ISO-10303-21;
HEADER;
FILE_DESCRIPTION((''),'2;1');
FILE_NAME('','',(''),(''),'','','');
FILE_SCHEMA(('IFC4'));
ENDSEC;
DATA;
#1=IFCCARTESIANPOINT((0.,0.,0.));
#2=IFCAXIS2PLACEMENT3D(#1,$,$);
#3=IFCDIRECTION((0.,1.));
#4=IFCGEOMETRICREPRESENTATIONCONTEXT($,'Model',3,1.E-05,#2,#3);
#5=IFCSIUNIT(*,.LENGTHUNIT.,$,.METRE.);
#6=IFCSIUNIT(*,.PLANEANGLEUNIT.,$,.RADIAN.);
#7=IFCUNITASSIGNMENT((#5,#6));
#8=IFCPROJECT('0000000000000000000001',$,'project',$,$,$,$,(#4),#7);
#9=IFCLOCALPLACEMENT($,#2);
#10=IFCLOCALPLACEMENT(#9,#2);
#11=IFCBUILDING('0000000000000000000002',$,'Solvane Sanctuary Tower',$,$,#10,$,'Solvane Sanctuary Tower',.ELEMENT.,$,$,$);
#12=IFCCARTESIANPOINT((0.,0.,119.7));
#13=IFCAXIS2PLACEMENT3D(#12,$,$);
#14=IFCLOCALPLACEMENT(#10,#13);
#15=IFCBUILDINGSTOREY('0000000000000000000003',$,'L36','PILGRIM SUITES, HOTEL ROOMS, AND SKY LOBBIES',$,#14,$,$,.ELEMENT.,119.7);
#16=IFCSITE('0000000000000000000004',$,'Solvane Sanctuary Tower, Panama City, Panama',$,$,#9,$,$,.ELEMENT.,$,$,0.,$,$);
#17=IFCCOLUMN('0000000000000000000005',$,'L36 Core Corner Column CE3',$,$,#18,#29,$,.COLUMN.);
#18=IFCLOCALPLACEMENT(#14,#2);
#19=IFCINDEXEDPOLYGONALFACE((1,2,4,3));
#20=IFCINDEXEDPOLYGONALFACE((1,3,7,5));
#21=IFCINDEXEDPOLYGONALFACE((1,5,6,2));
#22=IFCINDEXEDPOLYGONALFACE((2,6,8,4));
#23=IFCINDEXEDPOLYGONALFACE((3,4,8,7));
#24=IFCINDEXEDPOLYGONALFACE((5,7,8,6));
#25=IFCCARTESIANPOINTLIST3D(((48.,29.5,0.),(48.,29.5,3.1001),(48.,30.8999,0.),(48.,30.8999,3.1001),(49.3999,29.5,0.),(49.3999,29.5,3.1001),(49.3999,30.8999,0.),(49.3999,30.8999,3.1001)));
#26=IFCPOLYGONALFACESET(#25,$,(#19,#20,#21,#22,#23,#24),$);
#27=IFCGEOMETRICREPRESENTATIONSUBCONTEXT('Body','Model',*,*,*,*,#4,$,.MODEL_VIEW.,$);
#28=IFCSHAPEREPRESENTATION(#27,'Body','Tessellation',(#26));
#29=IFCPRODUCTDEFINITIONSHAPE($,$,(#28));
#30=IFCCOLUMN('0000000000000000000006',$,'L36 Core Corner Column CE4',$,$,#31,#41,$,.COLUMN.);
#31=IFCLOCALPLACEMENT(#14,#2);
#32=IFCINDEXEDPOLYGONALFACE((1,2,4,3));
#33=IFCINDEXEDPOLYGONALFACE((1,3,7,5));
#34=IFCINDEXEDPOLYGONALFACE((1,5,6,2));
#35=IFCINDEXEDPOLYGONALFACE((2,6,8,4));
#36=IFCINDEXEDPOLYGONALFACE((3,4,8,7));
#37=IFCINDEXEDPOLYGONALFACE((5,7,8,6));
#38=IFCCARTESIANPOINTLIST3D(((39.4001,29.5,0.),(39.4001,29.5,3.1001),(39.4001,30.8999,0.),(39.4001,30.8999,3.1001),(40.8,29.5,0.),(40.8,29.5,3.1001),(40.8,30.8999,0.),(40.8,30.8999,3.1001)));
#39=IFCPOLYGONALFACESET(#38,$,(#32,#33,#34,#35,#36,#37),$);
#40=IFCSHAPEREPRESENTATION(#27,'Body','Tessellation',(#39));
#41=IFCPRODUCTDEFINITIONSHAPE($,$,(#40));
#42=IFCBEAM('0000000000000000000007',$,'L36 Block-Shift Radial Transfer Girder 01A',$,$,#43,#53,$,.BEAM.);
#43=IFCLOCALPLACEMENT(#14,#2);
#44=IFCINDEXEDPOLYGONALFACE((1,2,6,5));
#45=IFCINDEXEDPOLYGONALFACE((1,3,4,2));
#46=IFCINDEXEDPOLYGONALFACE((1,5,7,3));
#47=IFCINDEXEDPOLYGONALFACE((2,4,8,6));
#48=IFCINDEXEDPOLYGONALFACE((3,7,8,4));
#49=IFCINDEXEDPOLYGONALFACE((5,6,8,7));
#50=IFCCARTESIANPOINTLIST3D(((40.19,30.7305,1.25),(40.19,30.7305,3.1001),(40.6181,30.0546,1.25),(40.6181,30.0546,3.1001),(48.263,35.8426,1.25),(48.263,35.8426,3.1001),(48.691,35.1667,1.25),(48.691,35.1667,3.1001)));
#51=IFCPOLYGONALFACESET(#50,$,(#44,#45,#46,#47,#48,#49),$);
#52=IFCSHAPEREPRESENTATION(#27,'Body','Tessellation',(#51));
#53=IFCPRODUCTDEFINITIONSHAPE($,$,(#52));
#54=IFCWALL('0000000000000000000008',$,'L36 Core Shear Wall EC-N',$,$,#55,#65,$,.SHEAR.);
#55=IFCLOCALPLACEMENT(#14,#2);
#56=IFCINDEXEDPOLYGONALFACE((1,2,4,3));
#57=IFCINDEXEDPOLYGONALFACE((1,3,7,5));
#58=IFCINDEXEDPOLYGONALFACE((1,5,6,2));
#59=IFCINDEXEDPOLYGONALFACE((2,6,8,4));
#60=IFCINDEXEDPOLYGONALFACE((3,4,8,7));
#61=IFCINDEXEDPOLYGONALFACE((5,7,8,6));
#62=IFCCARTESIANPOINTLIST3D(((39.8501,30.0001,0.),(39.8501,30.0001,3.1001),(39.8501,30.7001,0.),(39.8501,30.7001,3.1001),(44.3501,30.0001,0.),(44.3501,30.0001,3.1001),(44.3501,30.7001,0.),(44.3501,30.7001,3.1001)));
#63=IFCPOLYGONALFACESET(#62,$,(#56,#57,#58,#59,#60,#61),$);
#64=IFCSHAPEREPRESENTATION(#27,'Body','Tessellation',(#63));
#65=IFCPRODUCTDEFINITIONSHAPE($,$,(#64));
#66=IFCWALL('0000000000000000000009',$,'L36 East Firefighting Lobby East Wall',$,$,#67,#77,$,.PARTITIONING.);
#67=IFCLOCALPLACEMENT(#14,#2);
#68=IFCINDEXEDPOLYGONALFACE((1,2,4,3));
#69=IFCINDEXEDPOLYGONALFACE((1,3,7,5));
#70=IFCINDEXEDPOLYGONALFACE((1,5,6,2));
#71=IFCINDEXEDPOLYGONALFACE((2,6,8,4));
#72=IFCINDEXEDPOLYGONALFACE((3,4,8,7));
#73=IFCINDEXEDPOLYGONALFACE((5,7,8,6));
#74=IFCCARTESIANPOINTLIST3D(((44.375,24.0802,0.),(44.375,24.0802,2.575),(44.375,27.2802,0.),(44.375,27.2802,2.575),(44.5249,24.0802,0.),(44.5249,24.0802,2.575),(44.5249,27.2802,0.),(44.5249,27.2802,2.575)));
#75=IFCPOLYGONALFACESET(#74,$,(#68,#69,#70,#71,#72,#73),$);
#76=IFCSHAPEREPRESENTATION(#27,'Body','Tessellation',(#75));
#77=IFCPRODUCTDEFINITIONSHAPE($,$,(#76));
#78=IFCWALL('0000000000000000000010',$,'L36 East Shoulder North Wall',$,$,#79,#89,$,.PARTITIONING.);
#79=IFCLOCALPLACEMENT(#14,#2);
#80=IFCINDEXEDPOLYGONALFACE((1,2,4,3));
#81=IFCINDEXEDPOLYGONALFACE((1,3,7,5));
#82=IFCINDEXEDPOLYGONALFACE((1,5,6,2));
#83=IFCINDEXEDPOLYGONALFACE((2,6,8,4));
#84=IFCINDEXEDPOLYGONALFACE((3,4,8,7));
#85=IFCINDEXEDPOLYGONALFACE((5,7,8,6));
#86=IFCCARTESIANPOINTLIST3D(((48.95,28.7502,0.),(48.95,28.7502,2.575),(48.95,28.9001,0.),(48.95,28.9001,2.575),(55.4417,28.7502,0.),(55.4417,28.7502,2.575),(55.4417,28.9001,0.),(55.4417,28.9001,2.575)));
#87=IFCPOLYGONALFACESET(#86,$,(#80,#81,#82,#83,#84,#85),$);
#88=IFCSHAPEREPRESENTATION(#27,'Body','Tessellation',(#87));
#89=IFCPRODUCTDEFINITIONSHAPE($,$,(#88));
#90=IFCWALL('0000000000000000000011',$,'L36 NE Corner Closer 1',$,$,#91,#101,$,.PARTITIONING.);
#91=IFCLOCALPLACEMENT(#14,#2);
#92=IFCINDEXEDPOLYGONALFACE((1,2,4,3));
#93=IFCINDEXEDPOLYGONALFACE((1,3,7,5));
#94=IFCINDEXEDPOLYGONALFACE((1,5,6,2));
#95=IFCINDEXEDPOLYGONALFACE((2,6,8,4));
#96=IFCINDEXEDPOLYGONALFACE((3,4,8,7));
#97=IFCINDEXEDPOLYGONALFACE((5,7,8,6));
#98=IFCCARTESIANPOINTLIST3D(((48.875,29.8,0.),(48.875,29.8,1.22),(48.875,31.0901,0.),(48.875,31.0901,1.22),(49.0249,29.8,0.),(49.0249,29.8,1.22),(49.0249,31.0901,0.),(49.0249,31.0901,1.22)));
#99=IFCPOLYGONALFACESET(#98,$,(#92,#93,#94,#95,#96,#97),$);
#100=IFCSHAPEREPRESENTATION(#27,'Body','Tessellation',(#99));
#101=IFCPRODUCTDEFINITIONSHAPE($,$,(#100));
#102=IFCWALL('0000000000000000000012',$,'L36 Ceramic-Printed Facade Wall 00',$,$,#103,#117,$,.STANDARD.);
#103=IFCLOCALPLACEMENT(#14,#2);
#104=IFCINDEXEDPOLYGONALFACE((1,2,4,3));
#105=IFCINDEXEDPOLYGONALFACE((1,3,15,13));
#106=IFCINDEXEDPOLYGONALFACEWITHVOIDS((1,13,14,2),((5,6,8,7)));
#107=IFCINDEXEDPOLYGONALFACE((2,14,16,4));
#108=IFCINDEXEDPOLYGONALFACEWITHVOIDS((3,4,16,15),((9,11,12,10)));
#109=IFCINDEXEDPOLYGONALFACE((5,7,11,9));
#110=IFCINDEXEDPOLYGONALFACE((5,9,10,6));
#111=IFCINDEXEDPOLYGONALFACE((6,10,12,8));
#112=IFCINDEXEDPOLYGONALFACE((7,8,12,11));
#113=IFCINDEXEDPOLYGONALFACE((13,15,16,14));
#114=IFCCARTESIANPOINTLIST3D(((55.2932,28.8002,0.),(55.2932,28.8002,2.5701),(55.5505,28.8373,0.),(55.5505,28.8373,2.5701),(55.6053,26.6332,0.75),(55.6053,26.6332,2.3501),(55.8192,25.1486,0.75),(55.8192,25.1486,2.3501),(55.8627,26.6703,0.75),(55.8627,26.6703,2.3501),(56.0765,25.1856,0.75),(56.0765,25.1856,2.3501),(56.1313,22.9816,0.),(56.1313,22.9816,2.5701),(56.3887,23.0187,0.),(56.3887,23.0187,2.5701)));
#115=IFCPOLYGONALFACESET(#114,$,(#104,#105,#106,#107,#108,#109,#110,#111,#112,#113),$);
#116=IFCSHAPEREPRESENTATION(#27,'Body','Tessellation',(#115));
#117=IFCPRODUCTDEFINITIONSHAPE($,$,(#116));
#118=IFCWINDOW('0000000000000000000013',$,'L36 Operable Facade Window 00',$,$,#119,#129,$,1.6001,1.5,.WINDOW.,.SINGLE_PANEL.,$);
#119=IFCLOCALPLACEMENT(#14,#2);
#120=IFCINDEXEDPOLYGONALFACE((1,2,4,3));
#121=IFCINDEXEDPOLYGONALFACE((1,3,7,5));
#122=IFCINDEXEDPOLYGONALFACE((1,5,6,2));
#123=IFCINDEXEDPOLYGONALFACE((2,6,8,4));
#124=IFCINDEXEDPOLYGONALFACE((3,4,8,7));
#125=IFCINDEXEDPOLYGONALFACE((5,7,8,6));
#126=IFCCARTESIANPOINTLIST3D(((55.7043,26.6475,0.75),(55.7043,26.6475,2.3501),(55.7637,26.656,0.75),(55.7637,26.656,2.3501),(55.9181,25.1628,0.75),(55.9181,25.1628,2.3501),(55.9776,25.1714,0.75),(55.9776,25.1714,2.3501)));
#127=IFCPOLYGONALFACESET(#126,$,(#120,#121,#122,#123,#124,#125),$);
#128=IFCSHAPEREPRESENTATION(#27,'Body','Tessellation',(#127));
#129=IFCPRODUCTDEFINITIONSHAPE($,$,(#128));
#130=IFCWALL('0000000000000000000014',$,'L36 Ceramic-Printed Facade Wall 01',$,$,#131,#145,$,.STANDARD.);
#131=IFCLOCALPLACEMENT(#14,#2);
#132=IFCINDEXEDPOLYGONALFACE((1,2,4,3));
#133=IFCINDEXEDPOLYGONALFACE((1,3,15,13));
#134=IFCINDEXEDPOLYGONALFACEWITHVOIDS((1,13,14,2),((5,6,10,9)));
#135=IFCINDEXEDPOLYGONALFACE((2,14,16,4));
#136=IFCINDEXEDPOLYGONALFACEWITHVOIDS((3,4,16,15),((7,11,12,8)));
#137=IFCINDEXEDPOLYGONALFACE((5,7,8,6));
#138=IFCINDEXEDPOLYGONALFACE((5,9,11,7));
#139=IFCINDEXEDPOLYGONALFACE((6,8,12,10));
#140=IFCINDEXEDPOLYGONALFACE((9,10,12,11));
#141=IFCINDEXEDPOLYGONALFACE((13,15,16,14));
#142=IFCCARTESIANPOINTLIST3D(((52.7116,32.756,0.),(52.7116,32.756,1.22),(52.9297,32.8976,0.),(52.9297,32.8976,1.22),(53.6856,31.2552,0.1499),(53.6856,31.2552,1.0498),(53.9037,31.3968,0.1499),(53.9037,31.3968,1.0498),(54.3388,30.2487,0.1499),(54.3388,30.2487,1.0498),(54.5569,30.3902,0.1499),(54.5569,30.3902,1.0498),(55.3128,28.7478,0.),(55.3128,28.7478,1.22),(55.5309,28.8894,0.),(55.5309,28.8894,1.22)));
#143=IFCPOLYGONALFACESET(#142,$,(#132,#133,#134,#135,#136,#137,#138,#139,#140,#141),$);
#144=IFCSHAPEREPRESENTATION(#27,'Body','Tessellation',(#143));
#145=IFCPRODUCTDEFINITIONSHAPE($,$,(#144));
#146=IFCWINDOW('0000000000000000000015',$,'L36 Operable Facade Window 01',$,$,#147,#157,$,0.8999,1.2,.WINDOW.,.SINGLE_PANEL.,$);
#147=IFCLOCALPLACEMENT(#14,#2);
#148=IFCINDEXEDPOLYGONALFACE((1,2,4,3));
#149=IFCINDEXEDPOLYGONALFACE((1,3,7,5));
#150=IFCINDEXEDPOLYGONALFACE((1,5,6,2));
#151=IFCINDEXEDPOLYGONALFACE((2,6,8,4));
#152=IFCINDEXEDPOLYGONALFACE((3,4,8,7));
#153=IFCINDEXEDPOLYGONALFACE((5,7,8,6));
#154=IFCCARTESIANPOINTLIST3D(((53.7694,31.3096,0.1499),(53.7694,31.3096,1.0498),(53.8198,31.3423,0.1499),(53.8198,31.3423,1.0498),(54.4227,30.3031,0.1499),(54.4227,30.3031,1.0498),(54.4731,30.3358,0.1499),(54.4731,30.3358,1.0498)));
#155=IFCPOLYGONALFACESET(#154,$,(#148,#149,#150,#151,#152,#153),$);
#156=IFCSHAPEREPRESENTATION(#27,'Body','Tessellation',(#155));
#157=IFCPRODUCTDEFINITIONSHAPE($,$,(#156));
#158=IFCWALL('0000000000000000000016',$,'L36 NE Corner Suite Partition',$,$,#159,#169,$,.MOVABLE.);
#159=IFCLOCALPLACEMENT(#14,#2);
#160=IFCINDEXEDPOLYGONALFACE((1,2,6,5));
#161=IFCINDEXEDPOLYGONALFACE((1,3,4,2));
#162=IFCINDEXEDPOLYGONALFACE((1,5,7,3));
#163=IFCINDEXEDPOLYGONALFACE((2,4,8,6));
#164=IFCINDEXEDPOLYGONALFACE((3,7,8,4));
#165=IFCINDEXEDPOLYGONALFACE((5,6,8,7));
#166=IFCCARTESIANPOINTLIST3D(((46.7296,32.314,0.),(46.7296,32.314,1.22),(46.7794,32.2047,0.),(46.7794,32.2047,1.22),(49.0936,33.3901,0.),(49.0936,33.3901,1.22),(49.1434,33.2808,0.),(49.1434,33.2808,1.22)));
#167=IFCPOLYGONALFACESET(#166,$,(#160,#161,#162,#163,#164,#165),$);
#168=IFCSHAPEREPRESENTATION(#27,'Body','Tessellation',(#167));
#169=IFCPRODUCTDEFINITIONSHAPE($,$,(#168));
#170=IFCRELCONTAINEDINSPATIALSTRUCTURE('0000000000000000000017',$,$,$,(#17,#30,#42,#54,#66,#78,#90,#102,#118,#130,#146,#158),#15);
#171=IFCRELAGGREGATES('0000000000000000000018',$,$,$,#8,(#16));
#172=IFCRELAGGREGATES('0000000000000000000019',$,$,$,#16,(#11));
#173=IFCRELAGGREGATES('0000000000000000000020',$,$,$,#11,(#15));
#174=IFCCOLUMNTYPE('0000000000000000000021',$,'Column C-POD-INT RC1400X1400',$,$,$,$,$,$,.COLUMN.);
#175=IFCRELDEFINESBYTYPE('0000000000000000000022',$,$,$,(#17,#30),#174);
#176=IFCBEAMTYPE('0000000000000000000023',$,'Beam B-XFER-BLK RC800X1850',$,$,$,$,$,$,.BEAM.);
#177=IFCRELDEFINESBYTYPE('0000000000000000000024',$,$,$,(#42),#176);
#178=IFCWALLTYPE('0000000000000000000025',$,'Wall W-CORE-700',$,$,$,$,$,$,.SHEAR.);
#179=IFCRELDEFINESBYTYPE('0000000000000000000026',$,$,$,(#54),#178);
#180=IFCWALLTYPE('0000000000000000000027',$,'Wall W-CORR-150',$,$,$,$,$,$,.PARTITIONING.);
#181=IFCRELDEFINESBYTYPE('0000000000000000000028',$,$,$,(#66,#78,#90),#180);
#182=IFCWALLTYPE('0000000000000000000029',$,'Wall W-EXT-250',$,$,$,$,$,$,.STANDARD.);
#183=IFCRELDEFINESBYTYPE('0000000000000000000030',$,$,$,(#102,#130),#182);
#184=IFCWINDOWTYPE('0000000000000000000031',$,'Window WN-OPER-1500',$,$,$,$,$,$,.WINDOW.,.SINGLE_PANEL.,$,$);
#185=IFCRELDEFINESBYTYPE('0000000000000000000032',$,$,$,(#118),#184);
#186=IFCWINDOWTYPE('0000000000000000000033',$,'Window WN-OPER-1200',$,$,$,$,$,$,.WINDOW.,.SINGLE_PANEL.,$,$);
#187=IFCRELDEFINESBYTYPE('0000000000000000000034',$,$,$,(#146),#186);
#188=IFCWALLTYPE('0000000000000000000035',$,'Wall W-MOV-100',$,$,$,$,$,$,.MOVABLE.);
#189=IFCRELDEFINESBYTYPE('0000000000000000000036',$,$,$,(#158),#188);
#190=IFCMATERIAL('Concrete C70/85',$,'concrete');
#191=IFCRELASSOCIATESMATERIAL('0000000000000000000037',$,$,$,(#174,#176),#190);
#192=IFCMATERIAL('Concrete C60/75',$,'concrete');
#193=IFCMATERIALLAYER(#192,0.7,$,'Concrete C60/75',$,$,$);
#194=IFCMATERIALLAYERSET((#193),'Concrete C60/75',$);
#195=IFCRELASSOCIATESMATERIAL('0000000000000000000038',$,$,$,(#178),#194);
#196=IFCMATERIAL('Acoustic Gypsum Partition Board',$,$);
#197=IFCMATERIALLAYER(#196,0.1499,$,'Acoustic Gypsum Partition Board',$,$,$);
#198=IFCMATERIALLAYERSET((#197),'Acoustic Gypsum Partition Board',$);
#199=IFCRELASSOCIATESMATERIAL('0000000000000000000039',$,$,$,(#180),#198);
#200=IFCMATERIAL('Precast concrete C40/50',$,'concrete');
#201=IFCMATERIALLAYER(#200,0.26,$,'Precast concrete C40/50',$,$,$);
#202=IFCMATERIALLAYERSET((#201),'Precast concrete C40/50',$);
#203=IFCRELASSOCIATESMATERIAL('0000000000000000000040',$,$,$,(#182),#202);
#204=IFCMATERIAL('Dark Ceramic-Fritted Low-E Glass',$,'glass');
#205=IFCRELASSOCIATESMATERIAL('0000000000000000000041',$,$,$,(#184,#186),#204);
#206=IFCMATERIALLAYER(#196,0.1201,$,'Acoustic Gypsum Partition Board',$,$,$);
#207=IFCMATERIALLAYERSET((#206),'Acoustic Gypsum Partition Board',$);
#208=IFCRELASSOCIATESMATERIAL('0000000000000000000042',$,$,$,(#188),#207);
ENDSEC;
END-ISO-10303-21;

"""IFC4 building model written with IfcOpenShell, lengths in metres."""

from ifc_helpers import new_model, si_unit, direction, frame, frame_2d, origin, origin_2d, place, context, subcontext, project, spatial, rectangle, extrude, material, layer, layer_set, material_profile, profile_set, type_object, element, fill, save


model = new_model("IFC4")

# Units and contexts
model_context = context("Model", 3, precision=1e-05, world=origin(), true_north=direction((0.0, 1.0)))
body_context = subcontext(model_context, "Body", "Model", "MODEL_VIEW")
ifc_project = project(units=[si_unit("LENGTHUNIT", "METRE"), si_unit("PLANEANGLEUNIT", "RADIAN")], contexts=[model_context])

# Site, building, storey
site_placement = place(None, origin())
site = spatial("IfcSite", under=ifc_project, at=site_placement, Name="Solvane Sanctuary Tower, Panama City, Panama", CompositionType="ELEMENT", RefElevation=0.0)
building_placement = place(site_placement, origin())
building = spatial("IfcBuilding", under=site, at=building_placement, Name="Solvane Sanctuary Tower", LongName="Solvane Sanctuary Tower", CompositionType="ELEMENT")
storey_placement = place(building_placement, frame((0.0, 0.0, 119.7)))
storey = spatial("IfcBuildingStorey", under=building, at=storey_placement, Name="L36", Description="PILGRIM SUITES, HOTEL ROOMS, AND SKY LOBBIES", CompositionType="ELEMENT", Elevation=119.7)

# Columns
ifc_material_1 = material(Name="Concrete C70/85", Category="concrete")
ifc_material_profile_1 = material_profile(ifc_material_1, rectangle(XDim=1.3999, YDim=1.3999, at=origin_2d()), Name="RC1400X1400")
ifc_profile_set_1 = profile_set([ifc_material_profile_1], Name="Concrete C70/85")
column_type = type_object("IfcColumnType", Name="Column C-POD-INT RC1400X1400", PredefinedType="COLUMN", material=ifc_profile_set_1)
for number, where, z_axis, x_axis, name in (
    (1, (48.7, 30.2, 0.0), (0.0, 0.0, 1.0), (1.0, 0.0, 0.0), "L36 Core Corner Column CE3"),
    (2, (40.1001, 30.2, 0.0), (0.0, 0.0, 1.0), (1.0, 0.0, 0.0), "L36 Core Corner Column CE4"),
):
    element("IfcColumn", number, at=place(storey_placement, frame(where, z_axis=z_axis, x_axis=x_axis)), inside=storey, type_object=column_type, Name=name, PredefinedType="COLUMN", context=body_context, shape_type="SweptSolid", body=[
        extrude(rectangle(XDim=1.3999, YDim=1.3999, at=origin_2d()), origin(), (0.0, 0.0, 1.0), 3.1001),
    ])

# Beam
ifc_material_profile_2 = material_profile(ifc_material_1, rectangle(XDim=0.8, YDim=1.8501, at=origin_2d()), Name="RC800X1850")
ifc_profile_set_2 = profile_set([ifc_material_profile_2], Name="Concrete C70/85")
beam_type = type_object("IfcBeamType", Name="Beam B-XFER-BLK RC800X1850", PredefinedType="BEAM", material=ifc_profile_set_2)
beam_placement = place(storey_placement, frame((40.4041, 30.3926, 2.175), z_axis=(0.844859, 0.534989, 0.0), x_axis=(-0.534989, 0.844859, 0.0)))
element("IfcBeam", 3, at=beam_placement, inside=storey, type_object=beam_type, Name="L36 Block-Shift Radial Transfer Girder 01A", PredefinedType="BEAM", context=body_context, shape_type="SweptSolid", body=[
    extrude(rectangle(XDim=0.8, YDim=1.8501, at=origin_2d()), origin(), (0.0, 0.0, 1.0), 9.5554),
])

# Walls
ifc_material_2 = material(Name="Concrete C60/75", Category="concrete")
ifc_layer_1 = layer(ifc_material_2, 0.7, Name="Concrete C60/75")
ifc_layer_set_1 = layer_set([ifc_layer_1], Name="Concrete C60/75")
wall_type_1 = type_object("IfcWallType", Name="Wall W-CORE-700", PredefinedType="SHEAR", material=ifc_layer_set_1)
wall_1_placement = place(storey_placement, frame((39.8501, 30.3501, 0.0), z_axis=(0.0, 0.0, 1.0), x_axis=(1.0, 0.0, 0.0)))
element("IfcWall", 4, at=wall_1_placement, inside=storey, type_object=wall_type_1, Name="L36 Core Shear Wall EC-N", PredefinedType="SHEAR", context=body_context, shape_type="SweptSolid", body=[
    extrude(rectangle(XDim=4.5, YDim=0.7, at=frame_2d((2.25, 0.0))), origin(), (0.0, 0.0, 1.0), 3.1001),
])
ifc_material_3 = material(Name="Acoustic Gypsum Partition Board")
ifc_layer_2 = layer(ifc_material_3, 0.1499, Name="Acoustic Gypsum Partition Board")
ifc_layer_set_2 = layer_set([ifc_layer_2], Name="Acoustic Gypsum Partition Board")
wall_type_2 = type_object("IfcWallType", Name="Wall W-CORR-150", PredefinedType="PARTITIONING", material=ifc_layer_set_2)
wall_2_placement = place(storey_placement, frame((44.45, 24.0801, 0.0), z_axis=(0.0, 0.0, 1.0), x_axis=(0.0, 1.0, 0.0)))
element("IfcWall", 5, at=wall_2_placement, inside=storey, type_object=wall_type_2, Name="L36 East Firefighting Lobby East Wall", PredefinedType="PARTITIONING", context=body_context, shape_type="SweptSolid", body=[
    extrude(rectangle(XDim=3.2, YDim=0.1499, at=frame_2d((1.6001, 0.0))), origin(), (0.0, 0.0, 1.0), 2.575),
])
wall_3_placement = place(storey_placement, frame((48.95, 28.8252, 0.0), z_axis=(0.0, 0.0, 1.0), x_axis=(1.0, 0.0, 0.0)))
element("IfcWall", 6, at=wall_3_placement, inside=storey, type_object=wall_type_2, Name="L36 East Shoulder North Wall", PredefinedType="PARTITIONING", context=body_context, shape_type="SweptSolid", body=[
    extrude(rectangle(XDim=6.4917, YDim=0.1499, at=frame_2d((3.2458, 0.0))), origin(), (0.0, 0.0, 1.0), 2.575),
])
wall_4_placement = place(storey_placement, frame((48.95, 29.8, 0.0), z_axis=(0.0, 0.0, 1.0), x_axis=(0.0, 1.0, 0.0)))
element("IfcWall", 7, at=wall_4_placement, inside=storey, type_object=wall_type_2, Name="L36 NE Corner Closer 1", PredefinedType="PARTITIONING", context=body_context, shape_type="SweptSolid", body=[
    extrude(rectangle(XDim=1.29, YDim=0.1499, at=frame_2d((0.645, 0.0))), origin(), (0.0, 0.0, 1.0), 1.22),
])

# Walls, openings, windows
ifc_material_4 = material(Name="Precast concrete C40/50", Category="concrete")
ifc_layer_3 = layer(ifc_material_4, 0.26, Name="Precast concrete C40/50")
ifc_layer_set_3 = layer_set([ifc_layer_3], Name="Precast concrete C40/50")
wall_type_3 = type_object("IfcWallType", Name="Wall W-EXT-250", PredefinedType="STANDARD", material=ifc_layer_set_3)
wall_5_placement = place(storey_placement, frame((56.26, 23.0, 0.0), z_axis=(0.0, 0.0, 1.0), x_axis=(-0.142572, 0.989784, 0.0)))
wall_5 = element("IfcWall", 8, at=wall_5_placement, inside=storey, type_object=wall_type_3, Name="L36 Ceramic-Printed Facade Wall 00", PredefinedType="STANDARD", context=body_context, shape_type="SweptSolid", body=[
    extrude(rectangle(XDim=5.8787, YDim=0.26, at=frame_2d((2.9395, 0.0))), origin(), (0.0, 0.0, 1.0), 2.5701),
])
opening_1_placement = place(wall_5_placement, frame((2.1895, 0.0, 0.75)))
opening_1 = element("IfcOpeningElement", 9, at=opening_1_placement, cuts=wall_5, PredefinedType="OPENING", context=body_context, shape_type="SweptSolid", body=[
    extrude(rectangle(XDim=1.5, YDim=1.6001, at=frame_2d((0.75, 0.8))), frame((0.0, 0.1399, 0.0), z_axis=(0.0, -1.0, 0.0), x_axis=(1.0, 0.0, 0.0)), (0.0, 0.0, 1.0), 0.28),
])
ifc_material_5 = material(Name="Dark Ceramic-Fritted Low-E Glass", Category="glass")
window_type_1 = type_object("IfcWindowType", Name="Window WN-OPER-1500", PartitioningType="SINGLE_PANEL", PredefinedType="WINDOW", material=ifc_material_5)
window_1_placement = place(opening_1_placement, origin())
window_1 = element("IfcWindow", 10, at=window_1_placement, inside=storey, type_object=window_type_1, Name="L36 Operable Facade Window 00", OverallHeight=1.6001, OverallWidth=1.5, PartitioningType="SINGLE_PANEL", PredefinedType="WINDOW", context=body_context, shape_type="SweptSolid", body=[
    extrude(rectangle(XDim=1.5, YDim=1.6001, at=frame_2d((0.75, 0.8))), frame((0.0, 0.03, 0.0), z_axis=(0.0, -1.0, 0.0), x_axis=(1.0, 0.0, 0.0)), (0.0, 0.0, 1.0), 0.0601),
])
fill(opening_1, window_1)
wall_6_placement = place(storey_placement, frame((55.4219, 28.8186, 0.0), z_axis=(0.0, 0.0, 1.0), x_axis=(-0.544388, 0.838833, 0.0)))
wall_6 = element("IfcWall", 11, at=wall_6_placement, inside=storey, type_object=wall_type_3, Name="L36 Ceramic-Printed Facade Wall 01", PredefinedType="STANDARD", context=body_context, shape_type="SweptSolid", body=[
    extrude(rectangle(XDim=4.7783, YDim=0.26, at=frame_2d((2.3892, 0.0))), origin(), (0.0, 0.0, 1.0), 1.22),
])
opening_2_placement = place(wall_6_placement, frame((1.7891, 0.0, 0.1499)))
opening_2 = element("IfcOpeningElement", 12, at=opening_2_placement, cuts=wall_6, PredefinedType="OPENING", context=body_context, shape_type="SweptSolid", body=[
    extrude(rectangle(XDim=1.2, YDim=0.8999, at=frame_2d((0.6001, 0.45))), frame((0.0, 0.1399, 0.0), z_axis=(0.0, -1.0, 0.0), x_axis=(1.0, 0.0, 0.0)), (0.0, 0.0, 1.0), 0.28),
])
window_type_2 = type_object("IfcWindowType", Name="Window WN-OPER-1200", PartitioningType="SINGLE_PANEL", PredefinedType="WINDOW", material=ifc_material_5)
window_2_placement = place(opening_2_placement, origin())
window_2 = element("IfcWindow", 13, at=window_2_placement, inside=storey, type_object=window_type_2, Name="L36 Operable Facade Window 01", OverallHeight=0.8999, OverallWidth=1.2, PartitioningType="SINGLE_PANEL", PredefinedType="WINDOW", context=body_context, shape_type="SweptSolid", body=[
    extrude(rectangle(XDim=1.2, YDim=0.8999, at=frame_2d((0.6001, 0.45))), frame((0.0, 0.03, 0.0), z_axis=(0.0, -1.0, 0.0), x_axis=(1.0, 0.0, 0.0)), (0.0, 0.0, 1.0), 0.0601),
])
fill(opening_2, window_2)

# Wall
ifc_layer_4 = layer(ifc_material_3, 0.1201, Name="Acoustic Gypsum Partition Board")
ifc_layer_set_4 = layer_set([ifc_layer_4], Name="Acoustic Gypsum Partition Board")
wall_type_4 = type_object("IfcWallType", Name="Wall W-MOV-100", PredefinedType="MOVABLE", material=ifc_layer_set_4)
wall_7_placement = place(storey_placement, frame((46.7544, 32.2593, 0.0), z_axis=(0.0, 0.0, 1.0), x_axis=(0.910131, 0.41432, 0.0)))
element("IfcWall", 14, at=wall_7_placement, inside=storey, type_object=wall_type_4, Name="L36 NE Corner Suite Partition", PredefinedType="MOVABLE", context=body_context, shape_type="SweptSolid", body=[
    extrude(rectangle(XDim=2.5974, YDim=0.1201, at=frame_2d((1.2988, 0.0))), origin(), (0.0, 0.0, 1.0), 1.22),
])

save(model, "model.ifc")
